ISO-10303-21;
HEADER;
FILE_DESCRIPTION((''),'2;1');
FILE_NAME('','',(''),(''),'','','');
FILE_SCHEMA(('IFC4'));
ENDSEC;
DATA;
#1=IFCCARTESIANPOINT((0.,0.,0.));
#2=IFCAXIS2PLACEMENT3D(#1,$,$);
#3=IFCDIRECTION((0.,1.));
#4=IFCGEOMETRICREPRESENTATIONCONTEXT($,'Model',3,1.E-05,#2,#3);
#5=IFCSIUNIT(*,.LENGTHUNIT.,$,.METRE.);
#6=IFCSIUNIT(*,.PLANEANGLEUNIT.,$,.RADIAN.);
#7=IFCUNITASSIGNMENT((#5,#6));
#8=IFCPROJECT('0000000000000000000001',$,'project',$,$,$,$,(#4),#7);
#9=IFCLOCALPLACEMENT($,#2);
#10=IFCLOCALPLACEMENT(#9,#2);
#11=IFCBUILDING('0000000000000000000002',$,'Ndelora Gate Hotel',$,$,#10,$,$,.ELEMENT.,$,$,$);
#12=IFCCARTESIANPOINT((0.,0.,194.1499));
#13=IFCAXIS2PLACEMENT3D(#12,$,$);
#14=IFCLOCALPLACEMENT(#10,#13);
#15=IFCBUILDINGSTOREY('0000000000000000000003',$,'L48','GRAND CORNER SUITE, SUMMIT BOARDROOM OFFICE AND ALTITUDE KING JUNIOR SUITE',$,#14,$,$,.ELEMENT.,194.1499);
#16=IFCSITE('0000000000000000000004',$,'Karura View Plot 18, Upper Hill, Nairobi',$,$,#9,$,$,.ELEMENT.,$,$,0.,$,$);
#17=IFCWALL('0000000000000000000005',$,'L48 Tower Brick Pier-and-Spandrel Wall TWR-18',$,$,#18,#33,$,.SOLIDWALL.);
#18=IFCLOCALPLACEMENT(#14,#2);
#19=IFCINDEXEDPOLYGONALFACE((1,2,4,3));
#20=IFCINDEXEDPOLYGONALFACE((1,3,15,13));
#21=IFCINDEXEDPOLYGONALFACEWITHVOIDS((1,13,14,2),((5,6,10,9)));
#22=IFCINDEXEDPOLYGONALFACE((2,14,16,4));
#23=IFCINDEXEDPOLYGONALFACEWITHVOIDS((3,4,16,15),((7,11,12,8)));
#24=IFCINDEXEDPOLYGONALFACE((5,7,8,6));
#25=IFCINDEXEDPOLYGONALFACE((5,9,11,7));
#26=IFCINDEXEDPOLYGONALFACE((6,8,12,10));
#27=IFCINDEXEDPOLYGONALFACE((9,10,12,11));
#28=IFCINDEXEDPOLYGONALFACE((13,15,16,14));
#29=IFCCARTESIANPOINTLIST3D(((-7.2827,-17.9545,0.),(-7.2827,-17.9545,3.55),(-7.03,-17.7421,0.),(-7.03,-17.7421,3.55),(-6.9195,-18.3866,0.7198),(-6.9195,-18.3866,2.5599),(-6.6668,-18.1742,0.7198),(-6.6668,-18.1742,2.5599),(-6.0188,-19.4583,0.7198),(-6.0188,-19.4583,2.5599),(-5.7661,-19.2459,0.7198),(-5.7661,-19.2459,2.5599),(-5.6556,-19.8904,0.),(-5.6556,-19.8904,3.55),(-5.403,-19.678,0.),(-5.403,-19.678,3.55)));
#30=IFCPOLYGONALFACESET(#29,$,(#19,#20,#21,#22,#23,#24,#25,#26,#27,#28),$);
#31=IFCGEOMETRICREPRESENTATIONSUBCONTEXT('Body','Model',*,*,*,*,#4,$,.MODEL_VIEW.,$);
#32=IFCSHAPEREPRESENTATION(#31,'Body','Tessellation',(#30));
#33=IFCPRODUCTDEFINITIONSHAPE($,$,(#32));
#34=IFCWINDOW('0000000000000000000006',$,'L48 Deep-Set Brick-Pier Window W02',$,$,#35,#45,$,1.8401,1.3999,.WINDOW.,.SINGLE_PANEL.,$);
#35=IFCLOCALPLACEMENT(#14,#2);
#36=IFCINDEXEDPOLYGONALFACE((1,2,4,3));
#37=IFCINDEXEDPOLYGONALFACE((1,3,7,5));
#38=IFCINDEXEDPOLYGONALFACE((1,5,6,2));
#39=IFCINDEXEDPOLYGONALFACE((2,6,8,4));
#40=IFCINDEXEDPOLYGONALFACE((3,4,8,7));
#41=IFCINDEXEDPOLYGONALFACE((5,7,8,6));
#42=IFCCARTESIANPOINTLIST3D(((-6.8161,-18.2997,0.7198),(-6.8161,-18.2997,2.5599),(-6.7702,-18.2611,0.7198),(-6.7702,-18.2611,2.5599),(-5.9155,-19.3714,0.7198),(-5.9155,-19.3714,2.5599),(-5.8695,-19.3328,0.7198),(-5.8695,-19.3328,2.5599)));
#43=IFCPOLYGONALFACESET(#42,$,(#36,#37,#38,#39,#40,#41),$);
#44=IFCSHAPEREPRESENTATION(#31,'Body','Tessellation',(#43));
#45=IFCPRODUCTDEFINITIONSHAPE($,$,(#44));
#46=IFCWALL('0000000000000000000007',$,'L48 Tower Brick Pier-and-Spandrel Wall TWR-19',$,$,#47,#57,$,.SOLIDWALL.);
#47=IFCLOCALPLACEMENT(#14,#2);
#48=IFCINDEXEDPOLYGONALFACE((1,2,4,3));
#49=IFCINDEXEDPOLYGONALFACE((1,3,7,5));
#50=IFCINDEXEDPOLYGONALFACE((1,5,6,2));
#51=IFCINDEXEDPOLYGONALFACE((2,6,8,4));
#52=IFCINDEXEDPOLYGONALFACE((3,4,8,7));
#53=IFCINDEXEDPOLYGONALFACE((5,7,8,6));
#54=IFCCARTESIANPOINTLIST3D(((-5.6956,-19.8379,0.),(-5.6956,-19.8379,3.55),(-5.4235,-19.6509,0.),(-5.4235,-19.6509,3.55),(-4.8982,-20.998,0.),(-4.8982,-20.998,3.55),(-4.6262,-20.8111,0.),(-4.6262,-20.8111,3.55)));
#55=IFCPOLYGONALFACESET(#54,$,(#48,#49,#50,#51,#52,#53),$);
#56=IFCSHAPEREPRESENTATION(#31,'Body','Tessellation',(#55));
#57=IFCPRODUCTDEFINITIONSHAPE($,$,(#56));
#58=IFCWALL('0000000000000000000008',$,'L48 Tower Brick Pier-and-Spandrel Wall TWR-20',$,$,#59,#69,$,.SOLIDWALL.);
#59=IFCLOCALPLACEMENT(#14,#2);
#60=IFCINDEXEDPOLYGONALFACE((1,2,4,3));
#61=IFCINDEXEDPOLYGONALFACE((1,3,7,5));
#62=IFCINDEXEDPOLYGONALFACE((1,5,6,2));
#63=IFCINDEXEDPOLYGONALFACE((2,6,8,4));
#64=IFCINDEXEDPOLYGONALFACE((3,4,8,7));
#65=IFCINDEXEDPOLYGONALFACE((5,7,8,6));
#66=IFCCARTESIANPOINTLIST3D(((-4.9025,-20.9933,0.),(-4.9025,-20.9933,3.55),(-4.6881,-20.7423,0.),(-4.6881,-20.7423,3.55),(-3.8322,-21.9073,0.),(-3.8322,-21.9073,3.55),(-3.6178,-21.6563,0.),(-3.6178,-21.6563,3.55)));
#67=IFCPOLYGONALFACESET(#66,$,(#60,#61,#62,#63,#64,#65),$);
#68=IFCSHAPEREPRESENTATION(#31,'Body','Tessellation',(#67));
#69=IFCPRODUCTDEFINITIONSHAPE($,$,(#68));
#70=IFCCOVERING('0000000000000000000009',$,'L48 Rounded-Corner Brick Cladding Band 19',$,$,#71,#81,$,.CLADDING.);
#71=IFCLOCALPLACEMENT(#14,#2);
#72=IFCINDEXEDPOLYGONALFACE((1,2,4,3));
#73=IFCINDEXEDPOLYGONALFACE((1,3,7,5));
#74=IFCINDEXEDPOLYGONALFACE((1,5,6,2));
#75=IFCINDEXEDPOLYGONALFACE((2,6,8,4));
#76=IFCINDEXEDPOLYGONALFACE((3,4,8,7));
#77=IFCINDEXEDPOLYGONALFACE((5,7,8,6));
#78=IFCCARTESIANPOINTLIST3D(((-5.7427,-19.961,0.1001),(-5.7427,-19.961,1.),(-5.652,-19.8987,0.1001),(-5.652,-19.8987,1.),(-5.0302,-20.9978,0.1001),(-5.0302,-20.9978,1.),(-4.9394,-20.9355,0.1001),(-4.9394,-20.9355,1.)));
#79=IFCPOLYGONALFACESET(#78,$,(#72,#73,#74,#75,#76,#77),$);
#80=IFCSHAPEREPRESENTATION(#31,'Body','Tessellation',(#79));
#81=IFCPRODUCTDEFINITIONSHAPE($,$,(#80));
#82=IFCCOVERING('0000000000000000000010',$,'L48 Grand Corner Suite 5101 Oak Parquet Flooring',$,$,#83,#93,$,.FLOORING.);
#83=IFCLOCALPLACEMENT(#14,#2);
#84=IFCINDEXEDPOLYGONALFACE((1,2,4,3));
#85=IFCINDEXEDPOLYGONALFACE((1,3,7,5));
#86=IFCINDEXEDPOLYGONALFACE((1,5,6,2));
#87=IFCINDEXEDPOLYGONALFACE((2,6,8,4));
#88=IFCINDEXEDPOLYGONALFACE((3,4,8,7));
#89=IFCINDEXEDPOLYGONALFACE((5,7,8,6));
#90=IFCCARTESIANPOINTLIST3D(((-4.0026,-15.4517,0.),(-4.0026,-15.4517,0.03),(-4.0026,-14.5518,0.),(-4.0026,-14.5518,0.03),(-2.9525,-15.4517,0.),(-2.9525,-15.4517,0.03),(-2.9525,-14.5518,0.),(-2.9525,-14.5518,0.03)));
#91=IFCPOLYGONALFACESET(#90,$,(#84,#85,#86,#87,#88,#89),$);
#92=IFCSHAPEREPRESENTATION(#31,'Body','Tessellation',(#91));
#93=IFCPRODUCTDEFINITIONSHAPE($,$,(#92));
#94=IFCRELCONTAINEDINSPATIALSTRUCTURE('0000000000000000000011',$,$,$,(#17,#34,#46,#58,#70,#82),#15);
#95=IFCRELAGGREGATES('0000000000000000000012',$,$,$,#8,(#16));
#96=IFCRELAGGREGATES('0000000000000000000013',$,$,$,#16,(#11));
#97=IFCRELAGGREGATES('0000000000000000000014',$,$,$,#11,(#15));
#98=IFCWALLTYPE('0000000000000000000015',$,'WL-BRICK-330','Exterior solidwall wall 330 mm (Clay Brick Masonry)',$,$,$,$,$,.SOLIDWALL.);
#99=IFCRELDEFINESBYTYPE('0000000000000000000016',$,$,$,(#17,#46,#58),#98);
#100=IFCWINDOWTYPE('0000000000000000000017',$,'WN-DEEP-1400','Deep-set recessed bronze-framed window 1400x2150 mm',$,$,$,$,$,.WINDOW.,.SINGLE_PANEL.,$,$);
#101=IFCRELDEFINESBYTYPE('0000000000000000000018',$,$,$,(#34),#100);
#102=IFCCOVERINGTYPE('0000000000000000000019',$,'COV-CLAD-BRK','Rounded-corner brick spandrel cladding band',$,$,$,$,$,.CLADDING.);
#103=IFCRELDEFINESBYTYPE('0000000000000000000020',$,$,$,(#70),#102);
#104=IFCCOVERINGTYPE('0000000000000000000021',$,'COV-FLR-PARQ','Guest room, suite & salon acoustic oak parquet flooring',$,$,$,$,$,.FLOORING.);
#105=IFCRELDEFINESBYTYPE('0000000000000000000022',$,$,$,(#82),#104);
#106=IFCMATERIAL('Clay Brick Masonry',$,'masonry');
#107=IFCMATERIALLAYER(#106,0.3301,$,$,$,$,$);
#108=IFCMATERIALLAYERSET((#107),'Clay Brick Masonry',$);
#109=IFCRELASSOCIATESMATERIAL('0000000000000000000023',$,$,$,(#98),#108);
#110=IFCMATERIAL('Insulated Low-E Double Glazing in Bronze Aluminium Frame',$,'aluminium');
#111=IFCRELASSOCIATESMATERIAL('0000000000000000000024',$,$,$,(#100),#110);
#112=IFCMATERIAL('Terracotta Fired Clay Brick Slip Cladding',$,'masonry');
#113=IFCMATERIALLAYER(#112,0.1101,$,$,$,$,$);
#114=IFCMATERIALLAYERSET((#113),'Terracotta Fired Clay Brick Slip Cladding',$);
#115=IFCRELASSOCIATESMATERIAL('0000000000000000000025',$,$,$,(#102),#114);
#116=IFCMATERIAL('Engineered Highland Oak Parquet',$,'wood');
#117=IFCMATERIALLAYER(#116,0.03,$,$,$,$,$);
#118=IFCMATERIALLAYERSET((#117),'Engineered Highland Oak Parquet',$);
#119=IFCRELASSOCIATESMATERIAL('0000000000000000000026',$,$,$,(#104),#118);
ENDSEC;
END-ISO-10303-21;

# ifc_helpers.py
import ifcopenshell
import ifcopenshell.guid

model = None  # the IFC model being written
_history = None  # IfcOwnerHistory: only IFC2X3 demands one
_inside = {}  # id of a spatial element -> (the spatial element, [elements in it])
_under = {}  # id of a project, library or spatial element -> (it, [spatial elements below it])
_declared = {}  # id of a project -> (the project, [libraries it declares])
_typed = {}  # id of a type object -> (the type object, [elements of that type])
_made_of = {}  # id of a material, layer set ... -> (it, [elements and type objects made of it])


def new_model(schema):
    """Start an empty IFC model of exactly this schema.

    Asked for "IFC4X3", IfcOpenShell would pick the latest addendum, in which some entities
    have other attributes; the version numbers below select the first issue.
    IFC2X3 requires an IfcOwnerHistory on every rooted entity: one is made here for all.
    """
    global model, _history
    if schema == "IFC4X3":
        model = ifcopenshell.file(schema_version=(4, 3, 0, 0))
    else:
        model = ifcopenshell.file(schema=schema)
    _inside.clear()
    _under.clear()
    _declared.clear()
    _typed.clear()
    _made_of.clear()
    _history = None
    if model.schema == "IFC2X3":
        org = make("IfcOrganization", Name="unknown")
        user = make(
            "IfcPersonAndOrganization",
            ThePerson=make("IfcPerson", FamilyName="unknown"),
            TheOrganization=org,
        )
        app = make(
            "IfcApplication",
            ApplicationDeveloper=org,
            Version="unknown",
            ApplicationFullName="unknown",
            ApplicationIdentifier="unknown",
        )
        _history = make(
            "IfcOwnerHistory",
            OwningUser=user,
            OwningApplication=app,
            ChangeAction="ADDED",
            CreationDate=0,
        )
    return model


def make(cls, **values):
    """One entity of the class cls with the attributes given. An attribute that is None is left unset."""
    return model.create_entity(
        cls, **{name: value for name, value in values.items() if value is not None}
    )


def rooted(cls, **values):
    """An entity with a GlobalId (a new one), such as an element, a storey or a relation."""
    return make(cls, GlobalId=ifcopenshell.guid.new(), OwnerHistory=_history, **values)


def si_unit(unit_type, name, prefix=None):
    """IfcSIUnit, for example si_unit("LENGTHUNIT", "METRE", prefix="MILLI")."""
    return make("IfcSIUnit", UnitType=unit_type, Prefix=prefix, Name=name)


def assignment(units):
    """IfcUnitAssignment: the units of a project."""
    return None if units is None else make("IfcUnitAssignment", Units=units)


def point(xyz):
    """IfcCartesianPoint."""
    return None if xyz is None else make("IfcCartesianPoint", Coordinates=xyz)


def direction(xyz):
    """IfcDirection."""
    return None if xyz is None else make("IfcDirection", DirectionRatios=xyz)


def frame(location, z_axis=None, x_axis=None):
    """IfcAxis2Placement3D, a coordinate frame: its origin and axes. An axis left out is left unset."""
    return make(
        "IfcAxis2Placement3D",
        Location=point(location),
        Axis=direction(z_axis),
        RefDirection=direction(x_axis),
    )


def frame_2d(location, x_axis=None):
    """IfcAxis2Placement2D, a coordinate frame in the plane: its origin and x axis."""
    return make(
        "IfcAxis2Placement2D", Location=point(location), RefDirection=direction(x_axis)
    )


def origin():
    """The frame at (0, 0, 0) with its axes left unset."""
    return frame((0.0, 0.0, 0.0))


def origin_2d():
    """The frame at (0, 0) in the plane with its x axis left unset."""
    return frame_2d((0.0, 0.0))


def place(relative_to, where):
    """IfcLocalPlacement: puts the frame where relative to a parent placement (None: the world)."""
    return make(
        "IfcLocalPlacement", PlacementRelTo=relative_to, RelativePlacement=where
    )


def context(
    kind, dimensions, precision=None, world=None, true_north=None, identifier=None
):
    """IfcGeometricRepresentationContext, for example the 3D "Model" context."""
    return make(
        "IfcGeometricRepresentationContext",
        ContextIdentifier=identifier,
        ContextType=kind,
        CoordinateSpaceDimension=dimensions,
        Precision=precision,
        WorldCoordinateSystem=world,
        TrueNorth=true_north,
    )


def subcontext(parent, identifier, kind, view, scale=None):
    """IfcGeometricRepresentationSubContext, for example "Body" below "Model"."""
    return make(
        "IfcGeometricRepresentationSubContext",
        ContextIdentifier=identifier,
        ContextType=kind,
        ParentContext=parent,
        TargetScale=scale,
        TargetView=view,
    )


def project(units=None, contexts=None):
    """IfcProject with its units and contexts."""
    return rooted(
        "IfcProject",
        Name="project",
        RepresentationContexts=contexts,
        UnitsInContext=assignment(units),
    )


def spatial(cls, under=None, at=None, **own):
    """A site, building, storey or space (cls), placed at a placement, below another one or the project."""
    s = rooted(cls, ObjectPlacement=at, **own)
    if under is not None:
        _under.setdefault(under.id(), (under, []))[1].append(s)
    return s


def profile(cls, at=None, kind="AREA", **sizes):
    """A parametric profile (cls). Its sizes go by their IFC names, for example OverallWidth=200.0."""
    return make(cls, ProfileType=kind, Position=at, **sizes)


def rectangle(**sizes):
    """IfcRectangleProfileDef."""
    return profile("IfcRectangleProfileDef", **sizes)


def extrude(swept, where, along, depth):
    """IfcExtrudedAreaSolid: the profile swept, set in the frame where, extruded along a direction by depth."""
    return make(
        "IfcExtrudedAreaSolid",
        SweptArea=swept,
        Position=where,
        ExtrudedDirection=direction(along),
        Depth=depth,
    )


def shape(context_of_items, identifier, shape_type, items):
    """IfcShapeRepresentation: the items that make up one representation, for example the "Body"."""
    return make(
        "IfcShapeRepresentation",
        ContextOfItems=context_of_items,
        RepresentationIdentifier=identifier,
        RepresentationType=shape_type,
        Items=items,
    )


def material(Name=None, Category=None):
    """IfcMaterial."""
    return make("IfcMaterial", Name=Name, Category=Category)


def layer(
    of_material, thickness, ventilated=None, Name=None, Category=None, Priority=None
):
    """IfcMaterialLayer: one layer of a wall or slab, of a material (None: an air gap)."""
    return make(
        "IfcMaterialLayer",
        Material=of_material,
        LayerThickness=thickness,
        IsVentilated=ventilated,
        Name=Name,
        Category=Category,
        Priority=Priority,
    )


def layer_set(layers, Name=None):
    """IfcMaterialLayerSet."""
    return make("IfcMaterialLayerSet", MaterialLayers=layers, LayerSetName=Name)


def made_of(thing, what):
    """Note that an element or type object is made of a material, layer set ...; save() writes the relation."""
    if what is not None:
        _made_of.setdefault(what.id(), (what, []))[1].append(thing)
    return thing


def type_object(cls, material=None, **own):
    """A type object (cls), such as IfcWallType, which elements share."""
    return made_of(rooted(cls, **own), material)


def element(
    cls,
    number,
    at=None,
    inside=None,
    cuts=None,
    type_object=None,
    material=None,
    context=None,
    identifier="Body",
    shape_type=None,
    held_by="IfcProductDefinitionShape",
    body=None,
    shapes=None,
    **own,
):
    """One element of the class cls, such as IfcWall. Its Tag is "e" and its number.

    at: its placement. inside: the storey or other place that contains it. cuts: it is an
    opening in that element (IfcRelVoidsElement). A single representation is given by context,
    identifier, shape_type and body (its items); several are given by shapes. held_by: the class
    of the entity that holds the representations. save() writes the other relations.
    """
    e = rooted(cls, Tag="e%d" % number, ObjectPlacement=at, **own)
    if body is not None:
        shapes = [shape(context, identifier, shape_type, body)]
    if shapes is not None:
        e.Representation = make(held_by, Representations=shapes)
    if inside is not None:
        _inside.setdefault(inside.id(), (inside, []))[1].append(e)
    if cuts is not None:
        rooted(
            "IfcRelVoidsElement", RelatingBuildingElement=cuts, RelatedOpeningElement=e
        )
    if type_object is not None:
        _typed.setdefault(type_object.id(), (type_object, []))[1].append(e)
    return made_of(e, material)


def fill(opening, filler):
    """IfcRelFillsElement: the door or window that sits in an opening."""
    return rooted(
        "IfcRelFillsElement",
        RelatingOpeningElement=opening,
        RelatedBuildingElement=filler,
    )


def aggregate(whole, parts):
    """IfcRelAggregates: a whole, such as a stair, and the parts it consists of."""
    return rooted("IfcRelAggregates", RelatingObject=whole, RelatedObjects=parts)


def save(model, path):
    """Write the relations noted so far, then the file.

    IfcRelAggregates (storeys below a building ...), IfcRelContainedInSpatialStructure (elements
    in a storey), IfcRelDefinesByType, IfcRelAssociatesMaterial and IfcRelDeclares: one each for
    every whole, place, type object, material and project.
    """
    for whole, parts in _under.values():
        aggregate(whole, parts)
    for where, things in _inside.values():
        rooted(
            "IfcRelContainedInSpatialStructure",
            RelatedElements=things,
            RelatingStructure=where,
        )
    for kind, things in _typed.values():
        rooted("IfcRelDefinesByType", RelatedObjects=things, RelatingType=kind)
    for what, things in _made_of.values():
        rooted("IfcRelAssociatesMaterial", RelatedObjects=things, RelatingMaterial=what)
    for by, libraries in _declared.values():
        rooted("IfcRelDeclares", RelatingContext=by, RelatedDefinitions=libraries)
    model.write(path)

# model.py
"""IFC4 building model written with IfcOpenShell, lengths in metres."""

from ifc_helpers import new_model, si_unit, direction, frame, frame_2d, origin, origin_2d, place, context, subcontext, project, spatial, rectangle, extrude, material, layer, layer_set, type_object, element, fill, save


model = new_model("IFC4")

# Units and contexts
model_context = context("Model", 3, precision=1e-05, world=origin(), true_north=direction((0.0, 1.0)))
body_context = subcontext(model_context, "Body", "Model", "MODEL_VIEW")
ifc_project = project(units=[si_unit("LENGTHUNIT", "METRE"), si_unit("PLANEANGLEUNIT", "RADIAN")], contexts=[model_context])

# Site, building, storey
site_placement = place(None, origin())
site = spatial("IfcSite", under=ifc_project, at=site_placement, Name="Karura View Plot 18, Upper Hill, Nairobi", CompositionType="ELEMENT", RefElevation=0.0)
building_placement = place(site_placement, origin())
building = spatial("IfcBuilding", under=site, at=building_placement, Name="Ndelora Gate Hotel", CompositionType="ELEMENT")
storey_placement = place(building_placement, frame((0.0, 0.0, 194.1499)))
storey = spatial("IfcBuildingStorey", under=building, at=storey_placement, Name="L48", Description="GRAND CORNER SUITE, SUMMIT BOARDROOM OFFICE AND ALTITUDE KING JUNIOR SUITE", CompositionType="ELEMENT", Elevation=194.1499)

# Wall, opening, window
ifc_material_1 = material(Name="Clay Brick Masonry", Category="masonry")
ifc_layer_1 = layer(ifc_material_1, 0.3301)
ifc_layer_set_1 = layer_set([ifc_layer_1], Name="Clay Brick Masonry")
wall_type = type_object("IfcWallType", Name="WL-BRICK-330", Description="Exterior solidwall wall 330 mm (Clay Brick Masonry)", PredefinedType="SOLIDWALL", material=ifc_layer_set_1)
ifc_material_2 = material(Name="Insulated Low-E Double Glazing in Bronze Aluminium Frame", Category="aluminium")
window_type = type_object("IfcWindowType", Name="WN-DEEP-1400", Description="Deep-set recessed bronze-framed window 1400x2150 mm", PartitioningType="SINGLE_PANEL", PredefinedType="WINDOW", material=ifc_material_2)
wall_1_placement = place(storey_placement, frame((-5.5293, -19.7842, 0.0), z_axis=(0.0, 0.0, 1.0), x_axis=(-0.643398, 0.765532, 0.0)))
wall_1 = element("IfcWall", 1, at=wall_1_placement, inside=storey, type_object=wall_type, Name="L48 Tower Brick Pier-and-Spandrel Wall TWR-18", PredefinedType="SOLIDWALL", context=body_context, shape_type="SweptSolid", body=[
    extrude(rectangle(XDim=2.5288, YDim=0.3301, at=frame_2d((1.2644, 0.0))), origin(), (0.0, 0.0, 1.0), 3.55),
])
opening_1_placement = place(wall_1_placement, frame((0.5645, 0.0, 0.72)))
opening_1 = element("IfcOpeningElement", 2, at=opening_1_placement, cuts=wall_1, PredefinedType="OPENING", context=body_context, shape_type="SweptSolid", body=[
    extrude(rectangle(XDim=1.3999, YDim=1.8401, at=frame_2d((0.7, 0.9199))), frame((0.0, 0.175, 0.0), z_axis=(0.0, -1.0, 0.0), x_axis=(1.0, 0.0, 0.0)), (0.0, 0.0, 1.0), 0.3501),
])
window_1_placement = place(opening_1_placement, origin())
window_1 = element("IfcWindow", 3, at=window_1_placement, inside=storey, type_object=window_type, Name="L48 Deep-Set Brick-Pier Window W02", OverallHeight=1.8401, OverallWidth=1.3999, PartitioningType="SINGLE_PANEL", PredefinedType="WINDOW", context=body_context, shape_type="SweptSolid", body=[
    extrude(rectangle(XDim=1.3999, YDim=1.8401, at=frame_2d((0.7, 0.9199))), frame((0.0, 0.03, 0.0), z_axis=(0.0, -1.0, 0.0), x_axis=(1.0, 0.0, 0.0)), (0.0, 0.0, 1.0), 0.0601),
])
fill(opening_1, window_1)

# Walls
wall_2_placement = place(storey_placement, frame((-4.7622, -20.9045, 0.0), z_axis=(0.0, 0.0, 1.0), x_axis=(-0.566411, 0.824123, 0.0)))
element("IfcWall", 4, at=wall_2_placement, inside=storey, type_object=wall_type, Name="L48 Tower Brick Pier-and-Spandrel Wall TWR-19", PredefinedType="SOLIDWALL", context=body_context, shape_type="SweptSolid", body=[
    extrude(rectangle(XDim=1.4077, YDim=0.3301, at=frame_2d((0.7039, 0.0))), origin(), (0.0, 0.0, 1.0), 3.55),
])
wall_3_placement = place(storey_placement, frame((-3.7251, -21.7817, 0.0), z_axis=(0.0, 0.0, 1.0), x_axis=(-0.760431, 0.649419, 0.0)))
element("IfcWall", 5, at=wall_3_placement, inside=storey, type_object=wall_type, Name="L48 Tower Brick Pier-and-Spandrel Wall TWR-20", PredefinedType="SOLIDWALL", context=body_context, shape_type="SweptSolid", body=[
    extrude(rectangle(XDim=1.4075, YDim=0.3301, at=frame_2d((0.7036, 0.0))), origin(), (0.0, 0.0, 1.0), 3.55),
])

# Coverings
ifc_material_3 = material(Name="Terracotta Fired Clay Brick Slip Cladding", Category="masonry")
ifc_layer_2 = layer(ifc_material_3, 0.1101)
ifc_layer_set_2 = layer_set([ifc_layer_2], Name="Terracotta Fired Clay Brick Slip Cladding")
covering_type_1 = type_object("IfcCoveringType", Name="COV-CLAD-BRK", Description="Rounded-corner brick spandrel cladding band", PredefinedType="CLADDING", material=ifc_layer_set_2)
covering_1_placement = place(storey_placement, frame((-5.3411, -20.4482, 0.1001), z_axis=(0.0, 0.0, 1.0), x_axis=(-0.566406, 0.824126, 0.0)))
element("IfcCovering", 6, at=covering_1_placement, inside=storey, type_object=covering_type_1, Name="L48 Rounded-Corner Brick Cladding Band 19", PredefinedType="CLADDING", context=body_context, shape_type="SweptSolid", body=[
    extrude(rectangle(XDim=1.2581, YDim=0.1101, at=origin_2d()), origin(), (0.0, 0.0, 1.0), 0.8999),
])
ifc_material_4 = material(Name="Engineered Highland Oak Parquet", Category="wood")
ifc_layer_3 = layer(ifc_material_4, 0.03)
ifc_layer_set_3 = layer_set([ifc_layer_3], Name="Engineered Highland Oak Parquet")
covering_type_2 = type_object("IfcCoveringType", Name="COV-FLR-PARQ", Description="Guest room, suite & salon acoustic oak parquet flooring", PredefinedType="FLOORING", material=ifc_layer_set_3)
covering_2_placement = place(storey_placement, frame((-3.4775, -15.0017, 0.0), z_axis=(0.0, 0.0, 1.0), x_axis=(1.0, 0.0, 0.0)))
element("IfcCovering", 7, at=covering_2_placement, inside=storey, type_object=covering_type_2, Name="L48 Grand Corner Suite 5101 Oak Parquet Flooring", PredefinedType="FLOORING", context=body_context, shape_type="SweptSolid", body=[
    extrude(rectangle(XDim=1.05, YDim=0.8999, at=origin_2d()), origin(), (0.0, 0.0, 1.0), 0.03),
])

save(model, "model.ifc")
